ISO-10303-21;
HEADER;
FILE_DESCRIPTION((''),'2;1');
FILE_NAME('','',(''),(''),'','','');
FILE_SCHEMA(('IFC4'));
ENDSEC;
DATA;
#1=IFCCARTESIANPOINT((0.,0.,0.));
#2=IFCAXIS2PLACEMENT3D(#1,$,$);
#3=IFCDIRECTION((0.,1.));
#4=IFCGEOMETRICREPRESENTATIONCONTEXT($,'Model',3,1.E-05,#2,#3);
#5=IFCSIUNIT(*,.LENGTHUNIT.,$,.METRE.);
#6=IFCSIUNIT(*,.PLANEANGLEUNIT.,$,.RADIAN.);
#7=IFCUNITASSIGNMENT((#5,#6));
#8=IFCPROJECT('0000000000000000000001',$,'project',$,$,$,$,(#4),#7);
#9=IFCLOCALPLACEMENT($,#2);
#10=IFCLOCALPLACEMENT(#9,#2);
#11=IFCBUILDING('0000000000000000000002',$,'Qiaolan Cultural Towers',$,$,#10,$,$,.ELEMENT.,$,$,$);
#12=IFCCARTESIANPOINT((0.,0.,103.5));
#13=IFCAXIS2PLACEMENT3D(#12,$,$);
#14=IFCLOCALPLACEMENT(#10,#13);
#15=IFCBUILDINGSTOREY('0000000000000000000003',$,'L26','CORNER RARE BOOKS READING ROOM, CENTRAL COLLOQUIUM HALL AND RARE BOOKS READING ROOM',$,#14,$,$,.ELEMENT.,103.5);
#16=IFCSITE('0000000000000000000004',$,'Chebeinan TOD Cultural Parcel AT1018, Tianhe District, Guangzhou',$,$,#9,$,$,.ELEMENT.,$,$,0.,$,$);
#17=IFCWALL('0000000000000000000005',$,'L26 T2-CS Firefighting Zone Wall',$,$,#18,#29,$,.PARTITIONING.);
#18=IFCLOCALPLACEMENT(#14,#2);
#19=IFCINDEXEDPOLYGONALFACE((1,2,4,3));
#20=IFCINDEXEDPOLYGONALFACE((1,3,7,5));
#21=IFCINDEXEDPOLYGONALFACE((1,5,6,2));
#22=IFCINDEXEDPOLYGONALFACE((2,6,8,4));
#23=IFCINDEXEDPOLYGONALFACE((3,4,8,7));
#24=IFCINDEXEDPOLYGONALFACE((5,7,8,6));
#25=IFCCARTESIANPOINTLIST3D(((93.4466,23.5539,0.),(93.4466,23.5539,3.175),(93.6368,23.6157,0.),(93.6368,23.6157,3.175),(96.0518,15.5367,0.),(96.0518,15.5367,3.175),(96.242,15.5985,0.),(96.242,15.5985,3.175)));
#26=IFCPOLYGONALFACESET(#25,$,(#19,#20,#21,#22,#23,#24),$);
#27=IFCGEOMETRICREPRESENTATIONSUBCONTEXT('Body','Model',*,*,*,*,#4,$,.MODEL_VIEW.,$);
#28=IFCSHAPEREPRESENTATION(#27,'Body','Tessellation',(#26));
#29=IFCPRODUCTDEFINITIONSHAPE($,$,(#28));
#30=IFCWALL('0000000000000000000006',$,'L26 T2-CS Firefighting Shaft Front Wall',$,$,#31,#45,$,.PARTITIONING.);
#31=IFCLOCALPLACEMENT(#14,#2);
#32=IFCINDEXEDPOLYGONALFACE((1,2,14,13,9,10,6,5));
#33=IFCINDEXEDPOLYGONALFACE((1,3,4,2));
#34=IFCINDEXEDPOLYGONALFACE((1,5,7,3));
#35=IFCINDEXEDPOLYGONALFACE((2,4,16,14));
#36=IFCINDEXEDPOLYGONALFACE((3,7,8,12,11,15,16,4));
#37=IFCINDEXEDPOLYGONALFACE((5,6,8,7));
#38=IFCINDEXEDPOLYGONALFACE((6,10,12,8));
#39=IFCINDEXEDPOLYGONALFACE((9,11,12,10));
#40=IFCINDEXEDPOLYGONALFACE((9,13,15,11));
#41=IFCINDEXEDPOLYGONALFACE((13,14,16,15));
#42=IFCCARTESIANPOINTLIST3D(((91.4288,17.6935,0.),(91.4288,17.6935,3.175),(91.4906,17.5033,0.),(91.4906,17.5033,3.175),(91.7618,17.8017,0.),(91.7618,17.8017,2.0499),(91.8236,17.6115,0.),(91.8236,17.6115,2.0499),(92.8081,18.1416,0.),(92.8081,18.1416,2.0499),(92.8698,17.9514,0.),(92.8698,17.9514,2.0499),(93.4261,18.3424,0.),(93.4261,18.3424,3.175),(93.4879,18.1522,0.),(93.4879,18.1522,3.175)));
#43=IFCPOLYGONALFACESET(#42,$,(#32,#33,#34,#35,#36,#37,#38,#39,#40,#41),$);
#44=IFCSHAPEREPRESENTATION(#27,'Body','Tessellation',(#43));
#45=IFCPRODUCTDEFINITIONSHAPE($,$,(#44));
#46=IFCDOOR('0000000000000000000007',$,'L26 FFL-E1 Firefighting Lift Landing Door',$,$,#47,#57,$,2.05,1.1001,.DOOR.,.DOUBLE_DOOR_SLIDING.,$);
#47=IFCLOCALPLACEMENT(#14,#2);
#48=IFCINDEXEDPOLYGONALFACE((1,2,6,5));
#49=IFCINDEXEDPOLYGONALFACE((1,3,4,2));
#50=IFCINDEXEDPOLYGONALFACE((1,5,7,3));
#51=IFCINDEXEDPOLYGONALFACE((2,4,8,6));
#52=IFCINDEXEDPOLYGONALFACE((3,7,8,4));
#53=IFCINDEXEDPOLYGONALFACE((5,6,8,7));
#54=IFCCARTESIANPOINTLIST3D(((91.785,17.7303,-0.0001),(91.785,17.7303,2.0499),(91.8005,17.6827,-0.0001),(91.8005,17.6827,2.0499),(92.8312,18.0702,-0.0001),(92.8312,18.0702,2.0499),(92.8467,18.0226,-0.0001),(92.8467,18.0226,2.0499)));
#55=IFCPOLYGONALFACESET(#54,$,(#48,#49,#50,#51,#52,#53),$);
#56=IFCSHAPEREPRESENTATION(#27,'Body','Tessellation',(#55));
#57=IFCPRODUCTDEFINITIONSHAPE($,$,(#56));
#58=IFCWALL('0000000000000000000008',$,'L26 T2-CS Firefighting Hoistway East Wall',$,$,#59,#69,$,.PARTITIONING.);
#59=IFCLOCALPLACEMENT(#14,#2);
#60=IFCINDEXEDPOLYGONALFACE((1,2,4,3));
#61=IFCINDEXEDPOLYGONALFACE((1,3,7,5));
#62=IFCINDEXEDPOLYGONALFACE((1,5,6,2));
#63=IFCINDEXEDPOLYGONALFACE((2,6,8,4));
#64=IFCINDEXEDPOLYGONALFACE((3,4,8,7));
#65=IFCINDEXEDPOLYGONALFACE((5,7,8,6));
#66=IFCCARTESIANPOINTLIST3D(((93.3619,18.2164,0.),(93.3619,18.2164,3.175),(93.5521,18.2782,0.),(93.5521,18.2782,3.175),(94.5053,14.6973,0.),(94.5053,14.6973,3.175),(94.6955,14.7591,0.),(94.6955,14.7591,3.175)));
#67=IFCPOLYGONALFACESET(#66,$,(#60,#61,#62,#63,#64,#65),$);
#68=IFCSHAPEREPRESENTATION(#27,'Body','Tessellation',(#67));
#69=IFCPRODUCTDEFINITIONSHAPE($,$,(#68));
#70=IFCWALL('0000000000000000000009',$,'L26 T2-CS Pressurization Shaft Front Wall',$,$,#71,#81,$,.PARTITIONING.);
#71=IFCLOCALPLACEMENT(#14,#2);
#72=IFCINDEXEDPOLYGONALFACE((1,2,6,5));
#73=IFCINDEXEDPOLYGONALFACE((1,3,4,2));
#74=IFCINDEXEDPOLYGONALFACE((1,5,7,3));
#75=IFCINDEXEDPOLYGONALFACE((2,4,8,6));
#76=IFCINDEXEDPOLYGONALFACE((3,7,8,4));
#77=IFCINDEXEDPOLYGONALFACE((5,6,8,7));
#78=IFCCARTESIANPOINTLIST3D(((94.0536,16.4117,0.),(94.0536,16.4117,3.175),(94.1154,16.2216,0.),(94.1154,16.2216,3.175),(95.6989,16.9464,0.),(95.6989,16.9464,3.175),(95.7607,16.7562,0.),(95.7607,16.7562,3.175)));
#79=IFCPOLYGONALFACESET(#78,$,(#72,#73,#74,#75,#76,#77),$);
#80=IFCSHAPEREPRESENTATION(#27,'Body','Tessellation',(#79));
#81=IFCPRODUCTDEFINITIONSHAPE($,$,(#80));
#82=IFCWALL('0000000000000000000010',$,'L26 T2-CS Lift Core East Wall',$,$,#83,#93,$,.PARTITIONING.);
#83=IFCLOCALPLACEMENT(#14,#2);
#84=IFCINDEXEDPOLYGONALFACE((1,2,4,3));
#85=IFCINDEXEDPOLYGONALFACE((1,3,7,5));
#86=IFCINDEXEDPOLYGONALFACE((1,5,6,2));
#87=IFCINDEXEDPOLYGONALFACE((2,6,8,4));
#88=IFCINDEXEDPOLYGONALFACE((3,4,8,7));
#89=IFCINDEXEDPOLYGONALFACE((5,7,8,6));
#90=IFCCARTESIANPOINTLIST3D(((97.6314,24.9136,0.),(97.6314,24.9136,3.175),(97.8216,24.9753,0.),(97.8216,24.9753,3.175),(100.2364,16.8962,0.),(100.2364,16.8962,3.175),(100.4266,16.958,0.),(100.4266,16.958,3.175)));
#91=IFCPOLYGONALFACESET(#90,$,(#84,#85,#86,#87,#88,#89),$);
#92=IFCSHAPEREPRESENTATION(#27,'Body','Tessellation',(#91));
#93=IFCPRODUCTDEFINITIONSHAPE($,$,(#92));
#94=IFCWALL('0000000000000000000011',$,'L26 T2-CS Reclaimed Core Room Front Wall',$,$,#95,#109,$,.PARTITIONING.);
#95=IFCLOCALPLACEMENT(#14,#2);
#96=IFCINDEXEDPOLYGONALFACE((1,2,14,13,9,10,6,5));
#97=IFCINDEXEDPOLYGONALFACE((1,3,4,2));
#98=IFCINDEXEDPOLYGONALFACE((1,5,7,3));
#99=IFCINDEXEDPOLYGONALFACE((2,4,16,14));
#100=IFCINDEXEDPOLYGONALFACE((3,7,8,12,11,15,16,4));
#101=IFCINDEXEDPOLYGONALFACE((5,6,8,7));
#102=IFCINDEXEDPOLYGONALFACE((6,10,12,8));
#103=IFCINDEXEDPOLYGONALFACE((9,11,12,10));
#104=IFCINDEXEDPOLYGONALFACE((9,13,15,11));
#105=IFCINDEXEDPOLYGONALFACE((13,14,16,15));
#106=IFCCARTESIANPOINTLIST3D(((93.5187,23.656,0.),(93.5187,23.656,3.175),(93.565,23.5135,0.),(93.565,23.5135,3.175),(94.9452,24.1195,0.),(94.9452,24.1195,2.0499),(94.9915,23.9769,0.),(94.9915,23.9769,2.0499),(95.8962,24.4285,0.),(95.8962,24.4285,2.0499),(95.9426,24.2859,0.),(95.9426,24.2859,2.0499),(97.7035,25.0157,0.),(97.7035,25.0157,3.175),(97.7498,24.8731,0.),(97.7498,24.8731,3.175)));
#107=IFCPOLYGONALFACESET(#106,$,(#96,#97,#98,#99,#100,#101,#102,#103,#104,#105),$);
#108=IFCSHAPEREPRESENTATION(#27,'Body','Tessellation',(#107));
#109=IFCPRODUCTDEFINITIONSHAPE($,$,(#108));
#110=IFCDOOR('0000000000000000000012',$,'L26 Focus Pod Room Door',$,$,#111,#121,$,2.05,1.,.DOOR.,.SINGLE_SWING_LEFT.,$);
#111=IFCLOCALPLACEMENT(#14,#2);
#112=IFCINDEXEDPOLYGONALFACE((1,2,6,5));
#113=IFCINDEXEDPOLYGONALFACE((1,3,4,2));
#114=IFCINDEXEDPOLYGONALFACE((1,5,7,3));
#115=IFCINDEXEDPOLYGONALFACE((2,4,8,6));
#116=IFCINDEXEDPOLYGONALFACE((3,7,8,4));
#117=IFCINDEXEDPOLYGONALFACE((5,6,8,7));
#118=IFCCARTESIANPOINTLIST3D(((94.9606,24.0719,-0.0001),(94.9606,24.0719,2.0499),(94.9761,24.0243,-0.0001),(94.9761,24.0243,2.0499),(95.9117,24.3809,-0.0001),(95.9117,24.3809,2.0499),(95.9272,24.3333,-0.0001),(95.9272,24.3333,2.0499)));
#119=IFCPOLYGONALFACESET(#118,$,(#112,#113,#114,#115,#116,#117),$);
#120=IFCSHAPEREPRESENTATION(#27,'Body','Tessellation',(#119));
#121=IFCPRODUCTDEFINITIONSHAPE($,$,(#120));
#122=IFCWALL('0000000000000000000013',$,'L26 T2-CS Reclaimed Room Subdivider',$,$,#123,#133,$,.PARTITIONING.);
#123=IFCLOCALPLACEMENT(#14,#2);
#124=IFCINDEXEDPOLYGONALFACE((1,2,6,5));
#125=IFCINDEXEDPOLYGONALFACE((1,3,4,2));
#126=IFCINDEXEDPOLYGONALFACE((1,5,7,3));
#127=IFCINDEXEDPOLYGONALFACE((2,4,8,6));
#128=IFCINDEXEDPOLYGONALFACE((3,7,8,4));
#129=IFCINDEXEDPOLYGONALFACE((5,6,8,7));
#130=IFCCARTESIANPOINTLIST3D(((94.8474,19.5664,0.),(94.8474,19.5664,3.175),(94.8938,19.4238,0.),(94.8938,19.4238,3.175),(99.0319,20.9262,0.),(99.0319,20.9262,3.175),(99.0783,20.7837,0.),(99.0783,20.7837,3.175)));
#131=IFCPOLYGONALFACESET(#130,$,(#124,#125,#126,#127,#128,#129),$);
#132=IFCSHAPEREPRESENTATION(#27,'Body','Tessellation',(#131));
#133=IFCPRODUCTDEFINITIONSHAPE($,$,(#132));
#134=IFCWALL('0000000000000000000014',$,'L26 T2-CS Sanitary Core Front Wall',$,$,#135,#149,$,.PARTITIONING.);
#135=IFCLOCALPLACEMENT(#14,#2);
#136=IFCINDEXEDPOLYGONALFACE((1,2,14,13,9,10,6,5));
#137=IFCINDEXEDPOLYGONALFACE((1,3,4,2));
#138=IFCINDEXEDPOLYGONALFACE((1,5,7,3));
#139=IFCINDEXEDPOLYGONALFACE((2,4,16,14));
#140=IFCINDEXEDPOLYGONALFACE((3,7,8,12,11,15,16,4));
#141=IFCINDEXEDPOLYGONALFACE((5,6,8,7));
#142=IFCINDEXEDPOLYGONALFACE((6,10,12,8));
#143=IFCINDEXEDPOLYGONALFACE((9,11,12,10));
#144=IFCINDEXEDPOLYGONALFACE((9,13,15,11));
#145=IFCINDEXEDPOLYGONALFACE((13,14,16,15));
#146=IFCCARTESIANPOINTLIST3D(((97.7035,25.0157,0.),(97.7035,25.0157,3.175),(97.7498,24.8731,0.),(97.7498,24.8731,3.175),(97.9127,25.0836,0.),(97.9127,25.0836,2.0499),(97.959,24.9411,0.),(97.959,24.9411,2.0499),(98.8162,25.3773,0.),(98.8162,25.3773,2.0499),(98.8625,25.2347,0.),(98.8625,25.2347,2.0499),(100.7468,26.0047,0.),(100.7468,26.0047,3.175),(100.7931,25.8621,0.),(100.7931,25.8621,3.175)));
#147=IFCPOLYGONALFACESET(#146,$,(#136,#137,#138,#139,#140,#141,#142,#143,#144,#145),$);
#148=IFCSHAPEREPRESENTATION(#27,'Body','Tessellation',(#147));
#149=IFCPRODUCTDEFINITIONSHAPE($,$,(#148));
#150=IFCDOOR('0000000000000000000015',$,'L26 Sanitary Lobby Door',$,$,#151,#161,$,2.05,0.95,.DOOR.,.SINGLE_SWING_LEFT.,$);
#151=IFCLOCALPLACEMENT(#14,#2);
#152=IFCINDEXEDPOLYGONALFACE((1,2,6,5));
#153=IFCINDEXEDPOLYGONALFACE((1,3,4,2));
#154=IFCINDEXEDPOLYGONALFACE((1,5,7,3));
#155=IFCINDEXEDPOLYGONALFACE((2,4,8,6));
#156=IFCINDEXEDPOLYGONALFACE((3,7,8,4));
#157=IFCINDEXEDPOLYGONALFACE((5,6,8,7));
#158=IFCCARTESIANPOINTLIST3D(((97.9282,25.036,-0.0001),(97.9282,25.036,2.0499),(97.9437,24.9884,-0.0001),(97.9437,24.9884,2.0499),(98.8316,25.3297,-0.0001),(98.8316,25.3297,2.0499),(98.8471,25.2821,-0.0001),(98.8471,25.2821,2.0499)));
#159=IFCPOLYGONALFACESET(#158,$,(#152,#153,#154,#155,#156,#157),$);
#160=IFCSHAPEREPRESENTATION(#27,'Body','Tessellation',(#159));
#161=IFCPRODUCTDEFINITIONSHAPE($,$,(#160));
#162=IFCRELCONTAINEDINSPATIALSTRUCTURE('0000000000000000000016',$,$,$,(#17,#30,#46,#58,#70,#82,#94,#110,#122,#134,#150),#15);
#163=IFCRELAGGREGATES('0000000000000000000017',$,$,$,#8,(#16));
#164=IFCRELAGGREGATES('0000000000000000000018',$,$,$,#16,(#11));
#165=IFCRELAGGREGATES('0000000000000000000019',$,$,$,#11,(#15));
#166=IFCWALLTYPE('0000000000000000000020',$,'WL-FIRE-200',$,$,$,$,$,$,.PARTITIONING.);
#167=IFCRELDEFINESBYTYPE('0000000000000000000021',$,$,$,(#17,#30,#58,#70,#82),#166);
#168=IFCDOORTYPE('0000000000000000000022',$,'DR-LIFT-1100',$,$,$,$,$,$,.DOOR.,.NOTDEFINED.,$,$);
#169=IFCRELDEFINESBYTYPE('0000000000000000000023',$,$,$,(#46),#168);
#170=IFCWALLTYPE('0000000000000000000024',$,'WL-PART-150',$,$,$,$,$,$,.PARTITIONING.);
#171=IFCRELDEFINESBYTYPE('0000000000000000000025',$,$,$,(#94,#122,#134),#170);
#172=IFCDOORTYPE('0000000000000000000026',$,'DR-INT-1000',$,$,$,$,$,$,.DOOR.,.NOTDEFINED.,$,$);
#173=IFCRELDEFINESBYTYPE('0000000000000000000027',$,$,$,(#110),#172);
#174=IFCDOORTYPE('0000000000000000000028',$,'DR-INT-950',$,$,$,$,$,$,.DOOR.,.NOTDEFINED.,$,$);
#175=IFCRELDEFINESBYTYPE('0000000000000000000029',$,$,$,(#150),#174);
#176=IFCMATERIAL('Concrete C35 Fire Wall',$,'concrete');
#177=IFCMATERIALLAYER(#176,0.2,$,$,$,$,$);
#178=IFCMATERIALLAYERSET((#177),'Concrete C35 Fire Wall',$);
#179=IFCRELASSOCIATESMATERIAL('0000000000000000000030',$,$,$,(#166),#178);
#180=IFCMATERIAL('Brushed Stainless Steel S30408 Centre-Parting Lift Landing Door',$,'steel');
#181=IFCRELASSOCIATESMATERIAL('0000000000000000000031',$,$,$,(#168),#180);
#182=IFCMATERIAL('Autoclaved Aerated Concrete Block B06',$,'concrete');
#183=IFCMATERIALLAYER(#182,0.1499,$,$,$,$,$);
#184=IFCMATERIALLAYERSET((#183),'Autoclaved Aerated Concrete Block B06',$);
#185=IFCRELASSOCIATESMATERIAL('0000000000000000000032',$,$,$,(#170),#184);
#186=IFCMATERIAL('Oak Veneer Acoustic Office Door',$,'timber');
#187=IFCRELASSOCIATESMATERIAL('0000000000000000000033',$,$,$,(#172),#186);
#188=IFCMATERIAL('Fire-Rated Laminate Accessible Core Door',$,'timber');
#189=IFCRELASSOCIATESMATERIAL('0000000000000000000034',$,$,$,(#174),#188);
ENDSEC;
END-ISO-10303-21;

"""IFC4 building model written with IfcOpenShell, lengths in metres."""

from ifc_helpers import new_model, si_unit, direction, frame, frame_2d, origin, place, context, subcontext, project, spatial, rectangle, extrude, material, layer, layer_set, type_object, element, fill, save


model = new_model("IFC4")

# Units and contexts
model_context = context("Model", 3, precision=1e-05, world=origin(), true_north=direction((0.0, 1.0)))
body_context = subcontext(model_context, "Body", "Model", "MODEL_VIEW")
ifc_project = project(units=[si_unit("LENGTHUNIT", "METRE"), si_unit("PLANEANGLEUNIT", "RADIAN")], contexts=[model_context])

# Site, building, storey
site_placement = place(None, origin())
site = spatial("IfcSite", under=ifc_project, at=site_placement, Name="Chebeinan TOD Cultural Parcel AT1018, Tianhe District, Guangzhou", CompositionType="ELEMENT", RefElevation=0.0)
building_placement = place(site_placement, origin())
building = spatial("IfcBuilding", under=site, at=building_placement, Name="Qiaolan Cultural Towers", CompositionType="ELEMENT")
storey_placement = place(building_placement, frame((0.0, 0.0, 103.5)))
storey = spatial("IfcBuildingStorey", under=building, at=storey_placement, Name="L26", Description="CORNER RARE BOOKS READING ROOM, CENTRAL COLLOQUIUM HALL AND RARE BOOKS READING ROOM", CompositionType="ELEMENT", Elevation=103.5)

# Wall
ifc_material_1 = material(Name="Concrete C35 Fire Wall", Category="concrete")
ifc_layer_1 = layer(ifc_material_1, 0.2)
ifc_layer_set_1 = layer_set([ifc_layer_1], Name="Concrete C35 Fire Wall")
wall_type_1 = type_object("IfcWallType", Name="WL-FIRE-200", PredefinedType="PARTITIONING", material=ifc_layer_set_1)
wall_1_placement = place(storey_placement, frame((93.5417, 23.5847, 0.0), z_axis=(0.0, 0.0, 1.0), x_axis=(0.309042, -0.951048, 0.0)))
element("IfcWall", 1, at=wall_1_placement, inside=storey, type_object=wall_type_1, Name="L26 T2-CS Firefighting Zone Wall", PredefinedType="PARTITIONING", context=body_context, shape_type="SweptSolid", body=[
    extrude(rectangle(XDim=8.4299, YDim=0.2, at=frame_2d((4.2148, 0.0))), origin(), (0.0, 0.0, 1.0), 3.175),
])

# Wall, opening, door
wall_2_placement = place(storey_placement, frame((91.4597, 17.5984, 0.0), z_axis=(0.0, 0.0, 1.0), x_axis=(0.951062, 0.308999, 0.0)))
wall_2 = element("IfcWall", 2, at=wall_2_placement, inside=storey, type_object=wall_type_1, Name="L26 T2-CS Firefighting Shaft Front Wall", PredefinedType="PARTITIONING", context=body_context, shape_type="SweptSolid", body=[
    extrude(rectangle(XDim=2.1001, YDim=0.2, at=frame_2d((1.05, 0.0))), origin(), (0.0, 0.0, 1.0), 3.175),
])
opening_1_placement = place(wall_2_placement, frame((0.3501, 0.0, 0.0)))
opening_1 = element("IfcOpeningElement", 3, at=opening_1_placement, cuts=wall_2, PredefinedType="OPENING", context=body_context, shape_type="SweptSolid", body=[
    extrude(rectangle(XDim=1.1001, YDim=2.05, at=frame_2d((0.55, 1.0249))), frame((0.0, 0.1099, 0.0), z_axis=(0.0, -1.0, 0.0), x_axis=(1.0, 0.0, 0.0)), (0.0, 0.0, 1.0), 0.22),
])
ifc_material_2 = material(Name="Brushed Stainless Steel S30408 Centre-Parting Lift Landing Door", Category="steel")
door_type_1 = type_object("IfcDoorType", Name="DR-LIFT-1100", OperationType="NOTDEFINED", PredefinedType="DOOR", material=ifc_material_2)
door_1_placement = place(opening_1_placement, origin())
door_1 = element("IfcDoor", 4, at=door_1_placement, inside=storey, type_object=door_type_1, Name="L26 FFL-E1 Firefighting Lift Landing Door", OperationType="DOUBLE_DOOR_SLIDING", OverallHeight=2.05, OverallWidth=1.1001, PredefinedType="DOOR", context=body_context, shape_type="SweptSolid", body=[
    extrude(rectangle(XDim=1.1001, YDim=2.05, at=frame_2d((0.55, 1.0249))), frame((0.0, 0.0249, 0.0), z_axis=(0.0, -1.0, 0.0), x_axis=(1.0, 0.0, 0.0)), (0.0, 0.0, 1.0), 0.05),
])
fill(opening_1, door_1)

# Walls
wall_3_placement = place(storey_placement, frame((93.457, 18.2473, 0.0), z_axis=(0.0, 0.0, 1.0), x_axis=(0.308994, -0.951064, 0.0)))
element("IfcWall", 5, at=wall_3_placement, inside=storey, type_object=wall_type_1, Name="L26 T2-CS Firefighting Hoistway East Wall", PredefinedType="PARTITIONING", context=body_context, shape_type="SweptSolid", body=[
    extrude(rectangle(XDim=3.7002, YDim=0.2, at=frame_2d((1.8501, 0.0))), origin(), (0.0, 0.0, 1.0), 3.175),
])
wall_4_placement = place(storey_placement, frame((94.0845, 16.3167, 0.0), z_axis=(0.0, 0.0, 1.0), x_axis=(0.951041, 0.309064, 0.0)))
element("IfcWall", 6, at=wall_4_placement, inside=storey, type_object=wall_type_1, Name="L26 T2-CS Pressurization Shaft Front Wall", PredefinedType="PARTITIONING", context=body_context, shape_type="SweptSolid", body=[
    extrude(rectangle(XDim=1.73, YDim=0.2, at=frame_2d((0.865, 0.0))), origin(), (0.0, 0.0, 1.0), 3.175),
])
wall_5_placement = place(storey_placement, frame((97.7266, 24.9443, 0.0), z_axis=(0.0, 0.0, 1.0), x_axis=(0.309016, -0.951057, 0.0)))
element("IfcWall", 7, at=wall_5_placement, inside=storey, type_object=wall_type_1, Name="L26 T2-CS Lift Core East Wall", PredefinedType="PARTITIONING", context=body_context, shape_type="SweptSolid", body=[
    extrude(rectangle(XDim=8.4299, YDim=0.2, at=frame_2d((4.2148, 0.0))), origin(), (0.0, 0.0, 1.0), 3.175),
])

# Wall, opening, door
ifc_material_3 = material(Name="Autoclaved Aerated Concrete Block B06", Category="concrete")
ifc_layer_2 = layer(ifc_material_3, 0.1499)
ifc_layer_set_2 = layer_set([ifc_layer_2], Name="Autoclaved Aerated Concrete Block B06")
wall_type_2 = type_object("IfcWallType", Name="WL-PART-150", PredefinedType="PARTITIONING", material=ifc_layer_set_2)
wall_6_placement = place(storey_placement, frame((93.5417, 23.5847, 0.0), z_axis=(0.0, 0.0, 1.0), x_axis=(0.951064, 0.308994, 0.0)))
wall_6 = element("IfcWall", 8, at=wall_6_placement, inside=storey, type_object=wall_type_2, Name="L26 T2-CS Reclaimed Core Room Front Wall", PredefinedType="PARTITIONING", context=body_context, shape_type="SweptSolid", body=[
    extrude(rectangle(XDim=4.4001, YDim=0.1499, at=frame_2d((2.2002, 0.0))), origin(), (0.0, 0.0, 1.0), 3.175),
])
opening_2_placement = place(wall_6_placement, frame((1.5, 0.0, 0.0)))
opening_2 = element("IfcOpeningElement", 9, at=opening_2_placement, cuts=wall_6, PredefinedType="OPENING", context=body_context, shape_type="SweptSolid", body=[
    extrude(rectangle(XDim=1.0, YDim=2.05, at=frame_2d((0.5, 1.0249))), frame((0.0, 0.085, 0.0), z_axis=(0.0, -1.0, 0.0), x_axis=(1.0, 0.0, 0.0)), (0.0, 0.0, 1.0), 0.1699),
])
ifc_material_4 = material(Name="Oak Veneer Acoustic Office Door", Category="timber")
door_type_2 = type_object("IfcDoorType", Name="DR-INT-1000", OperationType="NOTDEFINED", PredefinedType="DOOR", material=ifc_material_4)
door_2_placement = place(opening_2_placement, origin())
door_2 = element("IfcDoor", 10, at=door_2_placement, inside=storey, type_object=door_type_2, Name="L26 Focus Pod Room Door", OperationType="SINGLE_SWING_LEFT", OverallHeight=2.05, OverallWidth=1.0, PredefinedType="DOOR", context=body_context, shape_type="SweptSolid", body=[
    extrude(rectangle(XDim=1.0, YDim=2.05, at=frame_2d((0.5, 1.0249))), frame((0.0, 0.0249, 0.0), z_axis=(0.0, -1.0, 0.0), x_axis=(1.0, 0.0, 0.0)), (0.0, 0.0, 1.0), 0.05),
])
fill(opening_2, door_2)

# Wall
wall_7_placement = place(storey_placement, frame((94.8706, 19.4951, 0.0), z_axis=(0.0, 0.0, 1.0), x_axis=(0.951042, 0.309061, 0.0)))
element("IfcWall", 11, at=wall_7_placement, inside=storey, type_object=wall_type_2, Name="L26 T2-CS Reclaimed Room Subdivider", PredefinedType="PARTITIONING", context=body_context, shape_type="SweptSolid", body=[
    extrude(rectangle(XDim=4.3999, YDim=0.1499, at=frame_2d((2.2, 0.0))), origin(), (0.0, 0.0, 1.0), 3.175),
])

# Wall, opening, door
wall_8_placement = place(storey_placement, frame((97.7266, 24.9443, 0.0), z_axis=(0.0, 0.0, 1.0), x_axis=(0.951037, 0.309077, 0.0)))
wall_8 = element("IfcWall", 12, at=wall_8_placement, inside=storey, type_object=wall_type_2, Name="L26 T2-CS Sanitary Core Front Wall", PredefinedType="PARTITIONING", context=body_context, shape_type="SweptSolid", body=[
    extrude(rectangle(XDim=3.2, YDim=0.1499, at=frame_2d((1.6001, 0.0))), origin(), (0.0, 0.0, 1.0), 3.175),
])
opening_3_placement = place(wall_8_placement, frame((0.22, 0.0, 0.0)))
opening_3 = element("IfcOpeningElement", 13, at=opening_3_placement, cuts=wall_8, PredefinedType="OPENING", context=body_context, shape_type="SweptSolid", body=[
    extrude(rectangle(XDim=0.95, YDim=2.05, at=frame_2d((0.4751, 1.0249))), frame((0.0, 0.085, 0.0), z_axis=(0.0, -1.0, 0.0), x_axis=(1.0, 0.0, 0.0)), (0.0, 0.0, 1.0), 0.1699),
])
ifc_material_5 = material(Name="Fire-Rated Laminate Accessible Core Door", Category="timber")
door_type_3 = type_object("IfcDoorType", Name="DR-INT-950", OperationType="NOTDEFINED", PredefinedType="DOOR", material=ifc_material_5)
door_3_placement = place(opening_3_placement, origin())
door_3 = element("IfcDoor", 14, at=door_3_placement, inside=storey, type_object=door_type_3, Name="L26 Sanitary Lobby Door", OperationType="SINGLE_SWING_LEFT", OverallHeight=2.05, OverallWidth=0.95, PredefinedType="DOOR", context=body_context, shape_type="SweptSolid", body=[
    extrude(rectangle(XDim=0.95, YDim=2.05, at=frame_2d((0.4751, 1.0249))), frame((0.0, 0.0249, 0.0), z_axis=(0.0, -1.0, 0.0), x_axis=(1.0, 0.0, 0.0)), (0.0, 0.0, 1.0), 0.05),
])
fill(opening_3, door_3)

save(model, "model.ifc")
